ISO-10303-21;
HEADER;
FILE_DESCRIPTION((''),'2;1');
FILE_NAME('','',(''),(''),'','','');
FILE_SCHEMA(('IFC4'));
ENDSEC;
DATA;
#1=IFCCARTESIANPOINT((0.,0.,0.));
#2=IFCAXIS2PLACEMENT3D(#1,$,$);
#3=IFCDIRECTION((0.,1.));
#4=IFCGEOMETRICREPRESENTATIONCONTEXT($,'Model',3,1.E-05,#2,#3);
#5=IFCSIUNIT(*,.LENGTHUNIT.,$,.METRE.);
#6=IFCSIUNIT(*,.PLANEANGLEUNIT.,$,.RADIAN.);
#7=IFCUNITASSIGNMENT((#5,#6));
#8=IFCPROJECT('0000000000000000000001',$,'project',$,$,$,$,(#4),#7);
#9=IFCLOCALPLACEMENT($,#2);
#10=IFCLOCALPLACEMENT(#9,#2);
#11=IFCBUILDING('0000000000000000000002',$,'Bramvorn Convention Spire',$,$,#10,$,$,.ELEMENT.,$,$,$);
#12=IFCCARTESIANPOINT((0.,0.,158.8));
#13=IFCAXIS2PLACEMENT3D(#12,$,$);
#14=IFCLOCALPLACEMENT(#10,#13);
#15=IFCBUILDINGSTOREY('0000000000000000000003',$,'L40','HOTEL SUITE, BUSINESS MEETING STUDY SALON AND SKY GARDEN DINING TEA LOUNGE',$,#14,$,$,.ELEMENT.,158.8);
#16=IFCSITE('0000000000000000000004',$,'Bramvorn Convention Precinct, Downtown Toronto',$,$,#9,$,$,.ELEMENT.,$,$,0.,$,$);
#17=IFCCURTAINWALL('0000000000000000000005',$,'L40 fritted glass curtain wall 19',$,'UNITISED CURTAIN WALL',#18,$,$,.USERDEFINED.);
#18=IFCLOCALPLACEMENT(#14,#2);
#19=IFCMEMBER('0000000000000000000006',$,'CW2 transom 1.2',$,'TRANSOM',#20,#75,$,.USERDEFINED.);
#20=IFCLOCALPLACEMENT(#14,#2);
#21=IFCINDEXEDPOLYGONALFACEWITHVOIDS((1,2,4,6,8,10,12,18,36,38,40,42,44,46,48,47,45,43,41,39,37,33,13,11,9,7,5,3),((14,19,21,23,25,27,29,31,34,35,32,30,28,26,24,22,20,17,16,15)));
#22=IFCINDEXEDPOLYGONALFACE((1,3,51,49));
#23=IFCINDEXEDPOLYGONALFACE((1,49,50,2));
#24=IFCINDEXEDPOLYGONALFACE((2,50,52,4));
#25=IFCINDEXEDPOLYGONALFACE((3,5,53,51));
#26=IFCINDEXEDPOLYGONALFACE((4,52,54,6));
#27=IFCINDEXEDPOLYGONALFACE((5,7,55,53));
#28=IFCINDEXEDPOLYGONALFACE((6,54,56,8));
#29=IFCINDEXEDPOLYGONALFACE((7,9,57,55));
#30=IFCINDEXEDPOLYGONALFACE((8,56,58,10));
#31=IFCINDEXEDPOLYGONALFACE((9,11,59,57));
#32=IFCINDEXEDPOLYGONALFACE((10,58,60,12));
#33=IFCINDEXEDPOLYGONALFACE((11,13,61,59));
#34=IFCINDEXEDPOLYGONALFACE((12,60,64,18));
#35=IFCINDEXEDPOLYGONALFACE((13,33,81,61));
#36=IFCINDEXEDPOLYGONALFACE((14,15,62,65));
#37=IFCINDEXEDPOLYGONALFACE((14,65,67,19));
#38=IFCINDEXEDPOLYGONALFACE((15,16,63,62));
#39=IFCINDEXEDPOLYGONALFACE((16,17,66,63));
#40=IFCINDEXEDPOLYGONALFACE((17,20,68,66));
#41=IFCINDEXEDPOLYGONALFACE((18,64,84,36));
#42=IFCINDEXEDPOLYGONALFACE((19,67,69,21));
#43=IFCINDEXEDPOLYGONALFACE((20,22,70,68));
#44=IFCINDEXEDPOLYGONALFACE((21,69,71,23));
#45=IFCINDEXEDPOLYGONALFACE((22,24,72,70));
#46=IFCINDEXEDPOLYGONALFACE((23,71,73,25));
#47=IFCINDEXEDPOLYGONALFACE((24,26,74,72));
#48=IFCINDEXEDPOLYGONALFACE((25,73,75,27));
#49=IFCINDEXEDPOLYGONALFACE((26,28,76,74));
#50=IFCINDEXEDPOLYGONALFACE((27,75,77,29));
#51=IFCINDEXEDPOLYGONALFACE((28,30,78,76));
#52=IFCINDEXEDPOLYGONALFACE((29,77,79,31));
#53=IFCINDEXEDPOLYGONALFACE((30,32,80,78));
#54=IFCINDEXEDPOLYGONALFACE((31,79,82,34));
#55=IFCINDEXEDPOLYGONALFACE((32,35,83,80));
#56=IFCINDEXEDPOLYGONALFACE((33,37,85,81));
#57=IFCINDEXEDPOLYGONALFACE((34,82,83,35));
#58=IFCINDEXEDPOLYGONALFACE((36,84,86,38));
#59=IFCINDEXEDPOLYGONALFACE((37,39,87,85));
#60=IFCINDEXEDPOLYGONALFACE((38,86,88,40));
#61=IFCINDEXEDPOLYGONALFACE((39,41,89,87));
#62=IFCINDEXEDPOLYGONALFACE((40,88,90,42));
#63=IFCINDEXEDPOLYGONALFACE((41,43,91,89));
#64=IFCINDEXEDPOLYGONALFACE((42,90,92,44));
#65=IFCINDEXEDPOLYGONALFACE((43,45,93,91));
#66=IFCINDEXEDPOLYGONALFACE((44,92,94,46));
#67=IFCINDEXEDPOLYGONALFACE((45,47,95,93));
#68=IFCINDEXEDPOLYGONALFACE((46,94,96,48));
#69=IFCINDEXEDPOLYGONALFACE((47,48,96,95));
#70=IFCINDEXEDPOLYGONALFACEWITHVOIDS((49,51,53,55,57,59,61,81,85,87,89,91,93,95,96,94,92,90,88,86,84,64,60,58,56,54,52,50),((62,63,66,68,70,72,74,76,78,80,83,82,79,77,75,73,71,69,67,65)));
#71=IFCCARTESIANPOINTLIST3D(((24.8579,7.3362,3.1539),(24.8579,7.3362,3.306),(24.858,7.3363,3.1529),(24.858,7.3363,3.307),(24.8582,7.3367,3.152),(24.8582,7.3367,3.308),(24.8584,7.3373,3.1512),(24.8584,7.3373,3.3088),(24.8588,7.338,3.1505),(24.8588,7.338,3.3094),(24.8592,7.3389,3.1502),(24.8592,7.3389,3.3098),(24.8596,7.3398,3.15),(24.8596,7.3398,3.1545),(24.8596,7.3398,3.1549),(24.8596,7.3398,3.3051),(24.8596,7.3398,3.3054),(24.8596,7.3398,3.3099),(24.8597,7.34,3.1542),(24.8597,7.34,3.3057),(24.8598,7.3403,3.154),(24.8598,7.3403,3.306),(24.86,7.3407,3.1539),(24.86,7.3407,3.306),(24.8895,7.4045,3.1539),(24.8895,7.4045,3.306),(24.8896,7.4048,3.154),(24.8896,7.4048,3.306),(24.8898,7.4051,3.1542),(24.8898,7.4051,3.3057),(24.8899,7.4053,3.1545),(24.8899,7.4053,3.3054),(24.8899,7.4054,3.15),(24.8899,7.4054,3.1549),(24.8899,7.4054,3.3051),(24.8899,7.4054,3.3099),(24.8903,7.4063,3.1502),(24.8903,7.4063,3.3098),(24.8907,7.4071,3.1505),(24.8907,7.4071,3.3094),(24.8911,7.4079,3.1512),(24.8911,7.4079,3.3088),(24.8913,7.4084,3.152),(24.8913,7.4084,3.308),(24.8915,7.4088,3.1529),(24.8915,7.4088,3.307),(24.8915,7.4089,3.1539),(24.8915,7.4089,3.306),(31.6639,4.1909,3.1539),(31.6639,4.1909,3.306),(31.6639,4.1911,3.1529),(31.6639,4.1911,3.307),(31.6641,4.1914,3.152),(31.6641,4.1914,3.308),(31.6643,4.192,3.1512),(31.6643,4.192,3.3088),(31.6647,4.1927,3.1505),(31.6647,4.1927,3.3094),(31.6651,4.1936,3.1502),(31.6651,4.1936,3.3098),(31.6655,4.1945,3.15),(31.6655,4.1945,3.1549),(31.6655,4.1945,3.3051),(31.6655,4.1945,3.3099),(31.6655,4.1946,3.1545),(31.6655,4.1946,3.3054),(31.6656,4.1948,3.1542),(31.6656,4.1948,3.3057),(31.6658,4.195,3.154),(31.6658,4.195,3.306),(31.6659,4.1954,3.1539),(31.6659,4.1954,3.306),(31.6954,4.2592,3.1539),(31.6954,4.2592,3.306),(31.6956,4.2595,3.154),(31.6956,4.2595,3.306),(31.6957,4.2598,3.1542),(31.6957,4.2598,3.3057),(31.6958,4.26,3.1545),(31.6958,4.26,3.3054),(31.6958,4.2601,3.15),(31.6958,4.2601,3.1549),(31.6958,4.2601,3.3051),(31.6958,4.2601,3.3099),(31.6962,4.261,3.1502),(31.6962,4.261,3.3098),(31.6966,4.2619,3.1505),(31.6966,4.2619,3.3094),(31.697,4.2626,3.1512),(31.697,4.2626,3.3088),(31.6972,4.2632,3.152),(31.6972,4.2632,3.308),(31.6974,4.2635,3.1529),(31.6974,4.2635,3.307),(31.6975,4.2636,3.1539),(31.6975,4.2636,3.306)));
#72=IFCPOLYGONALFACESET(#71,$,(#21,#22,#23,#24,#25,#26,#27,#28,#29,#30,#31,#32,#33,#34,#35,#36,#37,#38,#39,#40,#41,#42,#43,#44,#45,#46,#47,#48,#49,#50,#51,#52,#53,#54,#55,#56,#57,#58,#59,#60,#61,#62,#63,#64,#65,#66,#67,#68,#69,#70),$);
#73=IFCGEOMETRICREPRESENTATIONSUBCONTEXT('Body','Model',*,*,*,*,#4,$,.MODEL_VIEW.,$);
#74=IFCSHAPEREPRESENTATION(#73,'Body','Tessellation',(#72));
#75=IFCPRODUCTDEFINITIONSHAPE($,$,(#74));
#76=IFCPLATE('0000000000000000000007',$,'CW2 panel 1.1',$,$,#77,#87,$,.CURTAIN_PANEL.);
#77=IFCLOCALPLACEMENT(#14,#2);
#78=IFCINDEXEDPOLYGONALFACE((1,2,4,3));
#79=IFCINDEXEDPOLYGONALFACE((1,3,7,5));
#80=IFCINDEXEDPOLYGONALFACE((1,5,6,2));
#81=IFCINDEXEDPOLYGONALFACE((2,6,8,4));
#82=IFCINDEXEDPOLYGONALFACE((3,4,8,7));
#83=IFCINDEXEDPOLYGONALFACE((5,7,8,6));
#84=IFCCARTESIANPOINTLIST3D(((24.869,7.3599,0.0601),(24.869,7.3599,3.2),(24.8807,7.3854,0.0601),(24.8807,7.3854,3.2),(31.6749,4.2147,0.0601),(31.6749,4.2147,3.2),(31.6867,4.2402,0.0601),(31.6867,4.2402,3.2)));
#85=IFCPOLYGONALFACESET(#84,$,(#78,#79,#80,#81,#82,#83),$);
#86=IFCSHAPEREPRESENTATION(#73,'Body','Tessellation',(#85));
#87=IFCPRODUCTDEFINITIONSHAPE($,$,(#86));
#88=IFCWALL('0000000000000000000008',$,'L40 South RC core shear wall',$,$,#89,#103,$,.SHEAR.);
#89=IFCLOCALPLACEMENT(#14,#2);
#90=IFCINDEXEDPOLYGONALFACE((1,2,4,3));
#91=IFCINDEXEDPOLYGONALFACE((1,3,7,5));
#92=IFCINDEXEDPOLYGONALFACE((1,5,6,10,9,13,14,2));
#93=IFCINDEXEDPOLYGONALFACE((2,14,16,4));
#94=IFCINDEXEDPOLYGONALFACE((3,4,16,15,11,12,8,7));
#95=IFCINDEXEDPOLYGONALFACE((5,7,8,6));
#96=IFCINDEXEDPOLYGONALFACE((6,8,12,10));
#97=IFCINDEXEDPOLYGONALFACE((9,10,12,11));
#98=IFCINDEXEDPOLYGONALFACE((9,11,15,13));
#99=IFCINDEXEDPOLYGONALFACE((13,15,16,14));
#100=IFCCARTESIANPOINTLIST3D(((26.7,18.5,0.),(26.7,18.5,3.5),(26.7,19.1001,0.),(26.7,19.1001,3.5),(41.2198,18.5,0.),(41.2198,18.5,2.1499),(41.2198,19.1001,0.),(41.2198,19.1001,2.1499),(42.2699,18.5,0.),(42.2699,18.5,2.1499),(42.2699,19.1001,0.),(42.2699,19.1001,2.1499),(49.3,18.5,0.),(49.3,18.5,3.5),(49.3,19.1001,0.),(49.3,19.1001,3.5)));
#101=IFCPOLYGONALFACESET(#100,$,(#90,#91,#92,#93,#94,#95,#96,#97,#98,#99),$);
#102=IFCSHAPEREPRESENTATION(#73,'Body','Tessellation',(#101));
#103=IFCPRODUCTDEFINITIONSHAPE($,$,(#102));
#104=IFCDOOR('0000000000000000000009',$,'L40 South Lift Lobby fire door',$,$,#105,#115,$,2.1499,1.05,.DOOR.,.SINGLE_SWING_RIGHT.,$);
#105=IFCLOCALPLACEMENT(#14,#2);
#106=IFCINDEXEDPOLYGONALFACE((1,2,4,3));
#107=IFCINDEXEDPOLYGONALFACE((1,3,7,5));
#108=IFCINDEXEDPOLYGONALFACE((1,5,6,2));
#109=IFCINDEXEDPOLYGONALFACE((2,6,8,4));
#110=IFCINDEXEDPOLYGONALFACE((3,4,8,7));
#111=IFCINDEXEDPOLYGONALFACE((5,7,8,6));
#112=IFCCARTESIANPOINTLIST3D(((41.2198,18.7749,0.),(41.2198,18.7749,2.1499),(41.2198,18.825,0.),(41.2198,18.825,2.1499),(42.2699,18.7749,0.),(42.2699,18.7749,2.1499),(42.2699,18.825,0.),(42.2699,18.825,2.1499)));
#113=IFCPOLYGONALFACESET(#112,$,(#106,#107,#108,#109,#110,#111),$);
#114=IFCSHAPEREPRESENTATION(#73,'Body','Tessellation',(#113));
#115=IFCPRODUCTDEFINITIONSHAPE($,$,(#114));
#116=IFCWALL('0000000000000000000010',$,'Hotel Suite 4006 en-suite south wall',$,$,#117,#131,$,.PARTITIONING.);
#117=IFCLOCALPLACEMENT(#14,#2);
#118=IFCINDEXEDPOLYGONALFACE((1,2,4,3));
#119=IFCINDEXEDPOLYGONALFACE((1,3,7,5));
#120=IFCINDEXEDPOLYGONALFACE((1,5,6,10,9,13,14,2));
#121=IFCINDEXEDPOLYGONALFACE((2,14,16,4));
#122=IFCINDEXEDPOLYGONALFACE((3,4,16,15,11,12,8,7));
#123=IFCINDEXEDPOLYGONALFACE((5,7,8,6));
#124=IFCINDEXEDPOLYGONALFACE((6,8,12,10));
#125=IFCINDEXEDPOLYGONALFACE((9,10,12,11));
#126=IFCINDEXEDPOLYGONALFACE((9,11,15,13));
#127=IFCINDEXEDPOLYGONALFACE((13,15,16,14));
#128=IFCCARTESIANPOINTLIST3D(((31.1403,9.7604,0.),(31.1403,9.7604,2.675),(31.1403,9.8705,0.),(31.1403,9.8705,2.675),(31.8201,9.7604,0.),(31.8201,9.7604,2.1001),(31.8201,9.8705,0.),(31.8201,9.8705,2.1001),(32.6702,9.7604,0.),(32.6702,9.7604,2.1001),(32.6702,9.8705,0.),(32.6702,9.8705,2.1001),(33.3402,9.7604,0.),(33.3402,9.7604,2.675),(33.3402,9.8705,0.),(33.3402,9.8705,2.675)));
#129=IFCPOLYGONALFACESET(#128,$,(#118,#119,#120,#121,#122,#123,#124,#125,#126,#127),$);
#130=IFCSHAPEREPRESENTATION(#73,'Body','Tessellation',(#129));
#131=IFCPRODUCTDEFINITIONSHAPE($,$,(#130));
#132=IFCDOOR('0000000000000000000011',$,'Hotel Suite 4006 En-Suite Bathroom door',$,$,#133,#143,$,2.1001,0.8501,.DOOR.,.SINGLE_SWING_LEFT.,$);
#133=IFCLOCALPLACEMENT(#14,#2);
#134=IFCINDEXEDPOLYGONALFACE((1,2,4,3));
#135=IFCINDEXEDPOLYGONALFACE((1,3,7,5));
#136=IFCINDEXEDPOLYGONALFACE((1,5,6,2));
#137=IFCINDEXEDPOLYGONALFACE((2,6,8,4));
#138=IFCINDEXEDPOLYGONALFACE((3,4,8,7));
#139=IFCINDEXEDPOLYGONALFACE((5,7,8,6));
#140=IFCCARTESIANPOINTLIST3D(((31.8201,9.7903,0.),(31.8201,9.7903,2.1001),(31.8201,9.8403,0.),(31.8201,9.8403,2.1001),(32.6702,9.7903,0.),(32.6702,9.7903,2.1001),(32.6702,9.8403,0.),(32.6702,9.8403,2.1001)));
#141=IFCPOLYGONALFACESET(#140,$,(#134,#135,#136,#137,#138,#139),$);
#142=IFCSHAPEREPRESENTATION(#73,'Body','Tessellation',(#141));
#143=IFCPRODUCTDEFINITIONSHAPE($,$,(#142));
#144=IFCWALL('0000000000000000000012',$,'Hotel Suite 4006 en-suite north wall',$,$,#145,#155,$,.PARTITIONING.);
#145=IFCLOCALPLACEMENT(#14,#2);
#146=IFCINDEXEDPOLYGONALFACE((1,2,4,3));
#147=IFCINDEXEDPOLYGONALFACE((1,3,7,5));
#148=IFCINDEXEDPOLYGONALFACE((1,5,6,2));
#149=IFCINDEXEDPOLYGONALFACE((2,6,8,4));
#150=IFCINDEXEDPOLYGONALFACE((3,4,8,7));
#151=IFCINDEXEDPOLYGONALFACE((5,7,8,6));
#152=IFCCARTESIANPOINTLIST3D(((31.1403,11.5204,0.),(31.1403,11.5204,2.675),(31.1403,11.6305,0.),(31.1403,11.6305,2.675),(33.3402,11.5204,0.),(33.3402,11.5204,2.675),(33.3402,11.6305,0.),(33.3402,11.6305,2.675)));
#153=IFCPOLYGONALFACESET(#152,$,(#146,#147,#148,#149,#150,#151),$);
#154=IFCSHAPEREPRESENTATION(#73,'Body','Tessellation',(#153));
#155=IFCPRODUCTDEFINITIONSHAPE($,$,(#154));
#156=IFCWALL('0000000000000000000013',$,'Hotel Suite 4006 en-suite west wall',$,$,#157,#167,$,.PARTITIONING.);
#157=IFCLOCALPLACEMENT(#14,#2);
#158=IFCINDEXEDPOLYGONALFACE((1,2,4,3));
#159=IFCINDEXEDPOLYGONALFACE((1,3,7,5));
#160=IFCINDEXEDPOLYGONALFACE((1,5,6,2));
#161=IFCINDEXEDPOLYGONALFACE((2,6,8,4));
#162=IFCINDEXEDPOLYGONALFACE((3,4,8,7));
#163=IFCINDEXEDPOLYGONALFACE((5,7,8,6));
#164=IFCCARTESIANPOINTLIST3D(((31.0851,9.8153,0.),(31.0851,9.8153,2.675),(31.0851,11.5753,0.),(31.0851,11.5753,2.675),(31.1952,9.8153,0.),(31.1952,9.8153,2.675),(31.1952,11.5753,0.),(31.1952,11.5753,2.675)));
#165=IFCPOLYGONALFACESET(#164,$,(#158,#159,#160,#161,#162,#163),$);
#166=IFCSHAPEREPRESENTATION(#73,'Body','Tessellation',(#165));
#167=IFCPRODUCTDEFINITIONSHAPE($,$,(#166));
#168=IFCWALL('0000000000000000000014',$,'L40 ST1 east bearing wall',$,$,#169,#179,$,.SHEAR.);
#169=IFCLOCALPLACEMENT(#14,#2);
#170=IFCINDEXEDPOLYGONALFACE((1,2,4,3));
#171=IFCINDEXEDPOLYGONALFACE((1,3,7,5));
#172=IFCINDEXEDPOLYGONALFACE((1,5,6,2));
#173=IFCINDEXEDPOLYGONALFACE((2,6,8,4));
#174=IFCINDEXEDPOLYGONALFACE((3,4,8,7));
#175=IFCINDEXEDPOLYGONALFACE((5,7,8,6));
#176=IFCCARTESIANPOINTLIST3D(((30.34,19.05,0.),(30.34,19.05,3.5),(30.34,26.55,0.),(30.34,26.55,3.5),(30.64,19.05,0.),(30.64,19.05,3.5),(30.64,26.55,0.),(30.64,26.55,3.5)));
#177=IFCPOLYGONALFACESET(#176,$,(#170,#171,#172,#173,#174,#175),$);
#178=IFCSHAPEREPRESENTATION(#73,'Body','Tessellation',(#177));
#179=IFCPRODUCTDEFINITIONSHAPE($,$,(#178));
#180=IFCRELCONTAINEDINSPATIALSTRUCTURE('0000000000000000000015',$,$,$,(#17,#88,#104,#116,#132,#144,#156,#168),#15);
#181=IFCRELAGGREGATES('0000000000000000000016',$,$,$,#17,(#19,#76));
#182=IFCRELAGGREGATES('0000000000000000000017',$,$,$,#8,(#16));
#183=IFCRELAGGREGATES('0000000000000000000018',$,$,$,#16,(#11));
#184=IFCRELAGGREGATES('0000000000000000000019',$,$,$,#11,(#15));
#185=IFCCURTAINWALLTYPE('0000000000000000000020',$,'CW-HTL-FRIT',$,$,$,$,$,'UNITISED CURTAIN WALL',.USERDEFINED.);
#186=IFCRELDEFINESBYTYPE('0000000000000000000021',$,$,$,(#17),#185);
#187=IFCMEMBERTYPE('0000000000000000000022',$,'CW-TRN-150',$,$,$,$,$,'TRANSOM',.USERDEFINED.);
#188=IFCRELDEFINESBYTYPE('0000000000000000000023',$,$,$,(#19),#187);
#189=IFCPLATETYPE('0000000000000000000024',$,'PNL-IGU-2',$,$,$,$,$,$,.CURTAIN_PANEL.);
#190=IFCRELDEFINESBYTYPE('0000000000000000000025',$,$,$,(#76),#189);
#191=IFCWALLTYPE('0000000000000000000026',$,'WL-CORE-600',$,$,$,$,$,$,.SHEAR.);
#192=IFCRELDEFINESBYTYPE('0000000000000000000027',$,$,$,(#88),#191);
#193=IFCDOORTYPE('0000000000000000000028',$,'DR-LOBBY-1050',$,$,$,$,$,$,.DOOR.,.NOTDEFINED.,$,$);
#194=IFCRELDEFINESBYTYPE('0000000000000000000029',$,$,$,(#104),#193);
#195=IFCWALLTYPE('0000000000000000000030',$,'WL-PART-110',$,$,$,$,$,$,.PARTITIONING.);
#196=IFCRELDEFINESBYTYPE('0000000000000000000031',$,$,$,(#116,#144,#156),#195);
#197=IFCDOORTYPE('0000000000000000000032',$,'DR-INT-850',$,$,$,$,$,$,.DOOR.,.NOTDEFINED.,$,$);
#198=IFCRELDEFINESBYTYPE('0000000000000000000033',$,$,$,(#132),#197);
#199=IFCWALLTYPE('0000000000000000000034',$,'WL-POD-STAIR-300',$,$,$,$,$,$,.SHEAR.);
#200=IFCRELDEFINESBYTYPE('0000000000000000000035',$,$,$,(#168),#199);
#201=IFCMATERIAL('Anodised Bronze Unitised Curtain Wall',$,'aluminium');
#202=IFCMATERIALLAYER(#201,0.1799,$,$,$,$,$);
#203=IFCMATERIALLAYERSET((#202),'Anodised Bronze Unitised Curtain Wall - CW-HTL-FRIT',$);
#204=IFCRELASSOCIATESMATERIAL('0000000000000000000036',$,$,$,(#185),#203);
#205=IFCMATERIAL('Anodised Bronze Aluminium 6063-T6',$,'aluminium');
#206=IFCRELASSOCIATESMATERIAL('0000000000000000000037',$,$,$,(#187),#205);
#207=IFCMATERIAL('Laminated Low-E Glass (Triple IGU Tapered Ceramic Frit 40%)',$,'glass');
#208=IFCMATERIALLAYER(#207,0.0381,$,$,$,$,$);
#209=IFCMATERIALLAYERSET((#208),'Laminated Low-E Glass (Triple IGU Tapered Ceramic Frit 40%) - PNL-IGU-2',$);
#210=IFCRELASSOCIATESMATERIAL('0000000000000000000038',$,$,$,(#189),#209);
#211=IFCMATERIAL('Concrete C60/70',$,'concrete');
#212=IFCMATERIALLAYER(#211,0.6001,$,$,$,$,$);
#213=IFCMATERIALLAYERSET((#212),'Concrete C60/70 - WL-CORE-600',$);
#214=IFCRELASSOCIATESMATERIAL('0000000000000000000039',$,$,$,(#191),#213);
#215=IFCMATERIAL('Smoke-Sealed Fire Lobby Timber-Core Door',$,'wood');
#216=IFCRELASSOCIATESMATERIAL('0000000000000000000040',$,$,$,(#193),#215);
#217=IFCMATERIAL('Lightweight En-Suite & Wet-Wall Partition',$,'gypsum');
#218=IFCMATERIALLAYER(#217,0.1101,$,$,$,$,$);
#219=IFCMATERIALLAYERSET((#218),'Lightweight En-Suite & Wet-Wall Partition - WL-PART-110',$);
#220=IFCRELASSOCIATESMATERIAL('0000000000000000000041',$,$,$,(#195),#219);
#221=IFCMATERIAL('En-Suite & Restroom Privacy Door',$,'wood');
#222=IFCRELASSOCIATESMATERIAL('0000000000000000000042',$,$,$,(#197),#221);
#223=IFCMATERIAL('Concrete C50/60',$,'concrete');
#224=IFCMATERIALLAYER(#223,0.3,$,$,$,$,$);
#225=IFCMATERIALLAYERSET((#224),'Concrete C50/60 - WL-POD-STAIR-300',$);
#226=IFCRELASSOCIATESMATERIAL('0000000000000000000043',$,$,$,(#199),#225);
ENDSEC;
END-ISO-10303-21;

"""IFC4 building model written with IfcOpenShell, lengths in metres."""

from ifc_helpers import new_model, si_unit, direction, frame, frame_2d, origin, origin_2d, place, context, subcontext, project, spatial, rectangle, hollow_rectangle, extrude, material, layer, layer_set, material_profile, profile_set, type_object, element, fill, aggregate, save


model = new_model("IFC4")

# Units and contexts
model_context = context("Model", 3, precision=1e-05, world=origin(), true_north=direction((0.0, 1.0)))
body_context = subcontext(model_context, "Body", "Model", "MODEL_VIEW")
ifc_project = project(units=[si_unit("LENGTHUNIT", "METRE"), si_unit("PLANEANGLEUNIT", "RADIAN")], contexts=[model_context])

# Site, building, storey
site_placement = place(None, origin())
site = spatial("IfcSite", under=ifc_project, at=site_placement, Name="Bramvorn Convention Precinct, Downtown Toronto", CompositionType="ELEMENT", RefElevation=0.0)
building_placement = place(site_placement, origin())
building = spatial("IfcBuilding", under=site, at=building_placement, Name="Bramvorn Convention Spire", CompositionType="ELEMENT")
storey_placement = place(building_placement, frame((0.0, 0.0, 158.8)))
storey = spatial("IfcBuildingStorey", under=building, at=storey_placement, Name="L40", Description="HOTEL SUITE, BUSINESS MEETING STUDY SALON AND SKY GARDEN DINING TEA LOUNGE", CompositionType="ELEMENT", Elevation=158.8)

# Curtain wall, member, plate
ifc_material_1 = material(Name="Anodised Bronze Unitised Curtain Wall", Category="aluminium")
ifc_layer_1 = layer(ifc_material_1, 0.1799)
ifc_layer_set_1 = layer_set([ifc_layer_1], Name="Anodised Bronze Unitised Curtain Wall - CW-HTL-FRIT")
curtain_wall_type = type_object("IfcCurtainWallType", Name="CW-HTL-FRIT", ElementType="UNITISED CURTAIN WALL", PredefinedType="USERDEFINED", material=ifc_layer_set_1)
curtain_wall_placement = place(storey_placement, origin())
curtain_wall = element("IfcCurtainWall", 1, at=curtain_wall_placement, inside=storey, type_object=curtain_wall_type, Name="L40 fritted glass curtain wall 19", ObjectType="UNITISED CURTAIN WALL", PredefinedType="USERDEFINED")
ifc_material_2 = material(Name="Anodised Bronze Aluminium 6063-T6", Category="aluminium")
ifc_material_profile_1 = material_profile(ifc_material_2, hollow_rectangle(XDim=0.0801, YDim=0.1599, WallThickness=0.0039, InnerFilletRadius=0.001, OuterFilletRadius=0.0039, at=origin_2d()))
ifc_profile_set_1 = profile_set([ifc_material_profile_1], Name="Anodised Bronze Aluminium 6063-T6 - CWT80X160")
member_type_1 = type_object("IfcMemberType", Name="CW-TRN-150", ElementType="TRANSOM", PredefinedType="USERDEFINED", material=ifc_profile_set_1)
member_1_placement = place(storey_placement, frame((31.6807, 4.2273, 3.23), z_axis=(-0.907752, 0.419506, 0.0), x_axis=(-0.419506, -0.907752, 0.0)))
member_1 = element("IfcMember", 2, at=member_1_placement, type_object=member_type_1, Name="CW2 transom 1.2", ObjectType="TRANSOM", PredefinedType="USERDEFINED", context=body_context, shape_type="SweptSolid", body=[
    extrude(hollow_rectangle(XDim=0.0801, YDim=0.1599, WallThickness=0.0039, InnerFilletRadius=0.001, OuterFilletRadius=0.0039, at=origin_2d()), origin(), (0.0, 0.0, 1.0), 7.4976),
])
ifc_material_3 = material(Name="Laminated Low-E Glass (Triple IGU Tapered Ceramic Frit 40%)", Category="glass")
ifc_layer_2 = layer(ifc_material_3, 0.0381)
ifc_layer_set_2 = layer_set([ifc_layer_2], Name="Laminated Low-E Glass (Triple IGU Tapered Ceramic Frit 40%) - PNL-IGU-2")
plate_type = type_object("IfcPlateType", Name="PNL-IGU-2", PredefinedType="CURTAIN_PANEL", material=ifc_layer_set_2)
plate_placement = place(storey_placement, frame((28.2778, 5.8, 0.0601), z_axis=(0.0, 0.0, 1.0), x_axis=(-0.907757, 0.419497, 0.0)))
plate = element("IfcPlate", 3, at=plate_placement, type_object=plate_type, Name="CW2 panel 1.1", PredefinedType="CURTAIN_PANEL", context=body_context, shape_type="SweptSolid", body=[
    extrude(rectangle(XDim=7.4976, YDim=0.0281, at=origin_2d()), origin(), (0.0, 0.0, 1.0), 3.1399),
])
aggregate(curtain_wall, [member_1, plate])

# Walls, openings, doors
ifc_material_4 = material(Name="Concrete C60/70", Category="concrete")
ifc_layer_3 = layer(ifc_material_4, 0.6001)
ifc_layer_set_3 = layer_set([ifc_layer_3], Name="Concrete C60/70 - WL-CORE-600")
wall_type_1 = type_object("IfcWallType", Name="WL-CORE-600", PredefinedType="SHEAR", material=ifc_layer_set_3)
wall_1_placement = place(storey_placement, frame((26.7, 18.8, 0.0), z_axis=(0.0, 0.0, 1.0), x_axis=(1.0, 0.0, 0.0)))
wall_1 = element("IfcWall", 4, at=wall_1_placement, inside=storey, type_object=wall_type_1, Name="L40 South RC core shear wall", PredefinedType="SHEAR", context=body_context, shape_type="SweptSolid", body=[
    extrude(rectangle(XDim=22.6001, YDim=0.6001, at=frame_2d((11.3, 0.0))), origin(), (0.0, 0.0, 1.0), 3.5),
])
opening_1_placement = place(wall_1_placement, frame((14.52, 0.0, 0.0)))
opening_1 = element("IfcOpeningElement", 5, at=opening_1_placement, cuts=wall_1, PredefinedType="OPENING", context=body_context, shape_type="SweptSolid", body=[
    extrude(rectangle(XDim=1.05, YDim=2.1499, at=frame_2d((0.5249, 1.075))), frame((0.0, 0.3101, 0.0), z_axis=(0.0, -1.0, 0.0), x_axis=(1.0, 0.0, 0.0)), (0.0, 0.0, 1.0), 0.6201),
])
ifc_material_5 = material(Name="Smoke-Sealed Fire Lobby Timber-Core Door", Category="wood")
door_type_1 = type_object("IfcDoorType", Name="DR-LOBBY-1050", OperationType="NOTDEFINED", PredefinedType="DOOR", material=ifc_material_5)
door_1_placement = place(opening_1_placement, origin())
door_1 = element("IfcDoor", 6, at=door_1_placement, inside=storey, type_object=door_type_1, Name="L40 South Lift Lobby fire door", OperationType="SINGLE_SWING_RIGHT", OverallHeight=2.1499, OverallWidth=1.05, PredefinedType="DOOR", context=body_context, shape_type="SweptSolid", body=[
    extrude(rectangle(XDim=1.05, YDim=2.1499, at=frame_2d((0.5249, 1.075))), frame((0.0, 0.0249, 0.0), z_axis=(0.0, -1.0, 0.0), x_axis=(1.0, 0.0, 0.0)), (0.0, 0.0, 1.0), 0.05),
])
fill(opening_1, door_1)
ifc_material_6 = material(Name="Lightweight En-Suite & Wet-Wall Partition", Category="gypsum")
ifc_layer_4 = layer(ifc_material_6, 0.1101)
ifc_layer_set_4 = layer_set([ifc_layer_4], Name="Lightweight En-Suite & Wet-Wall Partition - WL-PART-110")
wall_type_2 = type_object("IfcWallType", Name="WL-PART-110", PredefinedType="PARTITIONING", material=ifc_layer_set_4)
wall_2_placement = place(storey_placement, frame((31.1401, 9.8154, 0.0), z_axis=(0.0, 0.0, 1.0), x_axis=(1.0, 0.0, 0.0)))
wall_2 = element("IfcWall", 7, at=wall_2_placement, inside=storey, type_object=wall_type_2, Name="Hotel Suite 4006 en-suite south wall", PredefinedType="PARTITIONING", context=body_context, shape_type="SweptSolid", body=[
    extrude(rectangle(XDim=2.2, YDim=0.1101, at=frame_2d((1.1001, 0.0))), origin(), (0.0, 0.0, 1.0), 2.675),
])
opening_2_placement = place(wall_2_placement, frame((0.6799, 0.0, 0.0)))
opening_2 = element("IfcOpeningElement", 8, at=opening_2_placement, cuts=wall_2, PredefinedType="OPENING", context=body_context, shape_type="SweptSolid", body=[
    extrude(rectangle(XDim=0.8501, YDim=2.1001, at=frame_2d((0.425, 1.05))), frame((0.0, 0.0649, 0.0), z_axis=(0.0, -1.0, 0.0), x_axis=(1.0, 0.0, 0.0)), (0.0, 0.0, 1.0), 0.1301),
])
ifc_material_7 = material(Name="En-Suite & Restroom Privacy Door", Category="wood")
door_type_2 = type_object("IfcDoorType", Name="DR-INT-850", OperationType="NOTDEFINED", PredefinedType="DOOR", material=ifc_material_7)
door_2_placement = place(opening_2_placement, origin())
door_2 = element("IfcDoor", 9, at=door_2_placement, inside=storey, type_object=door_type_2, Name="Hotel Suite 4006 En-Suite Bathroom door", OperationType="SINGLE_SWING_LEFT", OverallHeight=2.1001, OverallWidth=0.8501, PredefinedType="DOOR", context=body_context, shape_type="SweptSolid", body=[
    extrude(rectangle(XDim=0.8501, YDim=2.1001, at=frame_2d((0.425, 1.05))), frame((0.0, 0.0249, 0.0), z_axis=(0.0, -1.0, 0.0), x_axis=(1.0, 0.0, 0.0)), (0.0, 0.0, 1.0), 0.05),
])
fill(opening_2, door_2)

# Walls
wall_3_placement = place(storey_placement, frame((31.1401, 11.5754, 0.0), z_axis=(0.0, 0.0, 1.0), x_axis=(1.0, 0.0, 0.0)))
element("IfcWall", 10, at=wall_3_placement, inside=storey, type_object=wall_type_2, Name="Hotel Suite 4006 en-suite north wall", PredefinedType="PARTITIONING", context=body_context, shape_type="SweptSolid", body=[
    extrude(rectangle(XDim=2.2, YDim=0.1101, at=frame_2d((1.1001, 0.0))), origin(), (0.0, 0.0, 1.0), 2.675),
])
wall_4_placement = place(storey_placement, frame((31.1401, 9.8154, 0.0), z_axis=(0.0, 0.0, 1.0), x_axis=(0.0, 1.0, 0.0)))
element("IfcWall", 11, at=wall_4_placement, inside=storey, type_object=wall_type_2, Name="Hotel Suite 4006 en-suite west wall", PredefinedType="PARTITIONING", context=body_context, shape_type="SweptSolid", body=[
    extrude(rectangle(XDim=1.76, YDim=0.1101, at=frame_2d((0.8799, 0.0))), origin(), (0.0, 0.0, 1.0), 2.675),
])
ifc_material_8 = material(Name="Concrete C50/60", Category="concrete")
ifc_layer_5 = layer(ifc_material_8, 0.3)
ifc_layer_set_5 = layer_set([ifc_layer_5], Name="Concrete C50/60 - WL-POD-STAIR-300")
wall_type_3 = type_object("IfcWallType", Name="WL-POD-STAIR-300", PredefinedType="SHEAR", material=ifc_layer_set_5)
wall_5_placement = place(storey_placement, frame((30.49, 19.05, 0.0), z_axis=(0.0, 0.0, 1.0), x_axis=(0.0, 1.0, 0.0)))
element("IfcWall", 12, at=wall_5_placement, inside=storey, type_object=wall_type_3, Name="L40 ST1 east bearing wall", PredefinedType="SHEAR", context=body_context, shape_type="SweptSolid", body=[
    extrude(rectangle(XDim=7.5, YDim=0.3, at=frame_2d((3.75, 0.0))), origin(), (0.0, 0.0, 1.0), 3.5),
])

save(model, "model.ifc")
